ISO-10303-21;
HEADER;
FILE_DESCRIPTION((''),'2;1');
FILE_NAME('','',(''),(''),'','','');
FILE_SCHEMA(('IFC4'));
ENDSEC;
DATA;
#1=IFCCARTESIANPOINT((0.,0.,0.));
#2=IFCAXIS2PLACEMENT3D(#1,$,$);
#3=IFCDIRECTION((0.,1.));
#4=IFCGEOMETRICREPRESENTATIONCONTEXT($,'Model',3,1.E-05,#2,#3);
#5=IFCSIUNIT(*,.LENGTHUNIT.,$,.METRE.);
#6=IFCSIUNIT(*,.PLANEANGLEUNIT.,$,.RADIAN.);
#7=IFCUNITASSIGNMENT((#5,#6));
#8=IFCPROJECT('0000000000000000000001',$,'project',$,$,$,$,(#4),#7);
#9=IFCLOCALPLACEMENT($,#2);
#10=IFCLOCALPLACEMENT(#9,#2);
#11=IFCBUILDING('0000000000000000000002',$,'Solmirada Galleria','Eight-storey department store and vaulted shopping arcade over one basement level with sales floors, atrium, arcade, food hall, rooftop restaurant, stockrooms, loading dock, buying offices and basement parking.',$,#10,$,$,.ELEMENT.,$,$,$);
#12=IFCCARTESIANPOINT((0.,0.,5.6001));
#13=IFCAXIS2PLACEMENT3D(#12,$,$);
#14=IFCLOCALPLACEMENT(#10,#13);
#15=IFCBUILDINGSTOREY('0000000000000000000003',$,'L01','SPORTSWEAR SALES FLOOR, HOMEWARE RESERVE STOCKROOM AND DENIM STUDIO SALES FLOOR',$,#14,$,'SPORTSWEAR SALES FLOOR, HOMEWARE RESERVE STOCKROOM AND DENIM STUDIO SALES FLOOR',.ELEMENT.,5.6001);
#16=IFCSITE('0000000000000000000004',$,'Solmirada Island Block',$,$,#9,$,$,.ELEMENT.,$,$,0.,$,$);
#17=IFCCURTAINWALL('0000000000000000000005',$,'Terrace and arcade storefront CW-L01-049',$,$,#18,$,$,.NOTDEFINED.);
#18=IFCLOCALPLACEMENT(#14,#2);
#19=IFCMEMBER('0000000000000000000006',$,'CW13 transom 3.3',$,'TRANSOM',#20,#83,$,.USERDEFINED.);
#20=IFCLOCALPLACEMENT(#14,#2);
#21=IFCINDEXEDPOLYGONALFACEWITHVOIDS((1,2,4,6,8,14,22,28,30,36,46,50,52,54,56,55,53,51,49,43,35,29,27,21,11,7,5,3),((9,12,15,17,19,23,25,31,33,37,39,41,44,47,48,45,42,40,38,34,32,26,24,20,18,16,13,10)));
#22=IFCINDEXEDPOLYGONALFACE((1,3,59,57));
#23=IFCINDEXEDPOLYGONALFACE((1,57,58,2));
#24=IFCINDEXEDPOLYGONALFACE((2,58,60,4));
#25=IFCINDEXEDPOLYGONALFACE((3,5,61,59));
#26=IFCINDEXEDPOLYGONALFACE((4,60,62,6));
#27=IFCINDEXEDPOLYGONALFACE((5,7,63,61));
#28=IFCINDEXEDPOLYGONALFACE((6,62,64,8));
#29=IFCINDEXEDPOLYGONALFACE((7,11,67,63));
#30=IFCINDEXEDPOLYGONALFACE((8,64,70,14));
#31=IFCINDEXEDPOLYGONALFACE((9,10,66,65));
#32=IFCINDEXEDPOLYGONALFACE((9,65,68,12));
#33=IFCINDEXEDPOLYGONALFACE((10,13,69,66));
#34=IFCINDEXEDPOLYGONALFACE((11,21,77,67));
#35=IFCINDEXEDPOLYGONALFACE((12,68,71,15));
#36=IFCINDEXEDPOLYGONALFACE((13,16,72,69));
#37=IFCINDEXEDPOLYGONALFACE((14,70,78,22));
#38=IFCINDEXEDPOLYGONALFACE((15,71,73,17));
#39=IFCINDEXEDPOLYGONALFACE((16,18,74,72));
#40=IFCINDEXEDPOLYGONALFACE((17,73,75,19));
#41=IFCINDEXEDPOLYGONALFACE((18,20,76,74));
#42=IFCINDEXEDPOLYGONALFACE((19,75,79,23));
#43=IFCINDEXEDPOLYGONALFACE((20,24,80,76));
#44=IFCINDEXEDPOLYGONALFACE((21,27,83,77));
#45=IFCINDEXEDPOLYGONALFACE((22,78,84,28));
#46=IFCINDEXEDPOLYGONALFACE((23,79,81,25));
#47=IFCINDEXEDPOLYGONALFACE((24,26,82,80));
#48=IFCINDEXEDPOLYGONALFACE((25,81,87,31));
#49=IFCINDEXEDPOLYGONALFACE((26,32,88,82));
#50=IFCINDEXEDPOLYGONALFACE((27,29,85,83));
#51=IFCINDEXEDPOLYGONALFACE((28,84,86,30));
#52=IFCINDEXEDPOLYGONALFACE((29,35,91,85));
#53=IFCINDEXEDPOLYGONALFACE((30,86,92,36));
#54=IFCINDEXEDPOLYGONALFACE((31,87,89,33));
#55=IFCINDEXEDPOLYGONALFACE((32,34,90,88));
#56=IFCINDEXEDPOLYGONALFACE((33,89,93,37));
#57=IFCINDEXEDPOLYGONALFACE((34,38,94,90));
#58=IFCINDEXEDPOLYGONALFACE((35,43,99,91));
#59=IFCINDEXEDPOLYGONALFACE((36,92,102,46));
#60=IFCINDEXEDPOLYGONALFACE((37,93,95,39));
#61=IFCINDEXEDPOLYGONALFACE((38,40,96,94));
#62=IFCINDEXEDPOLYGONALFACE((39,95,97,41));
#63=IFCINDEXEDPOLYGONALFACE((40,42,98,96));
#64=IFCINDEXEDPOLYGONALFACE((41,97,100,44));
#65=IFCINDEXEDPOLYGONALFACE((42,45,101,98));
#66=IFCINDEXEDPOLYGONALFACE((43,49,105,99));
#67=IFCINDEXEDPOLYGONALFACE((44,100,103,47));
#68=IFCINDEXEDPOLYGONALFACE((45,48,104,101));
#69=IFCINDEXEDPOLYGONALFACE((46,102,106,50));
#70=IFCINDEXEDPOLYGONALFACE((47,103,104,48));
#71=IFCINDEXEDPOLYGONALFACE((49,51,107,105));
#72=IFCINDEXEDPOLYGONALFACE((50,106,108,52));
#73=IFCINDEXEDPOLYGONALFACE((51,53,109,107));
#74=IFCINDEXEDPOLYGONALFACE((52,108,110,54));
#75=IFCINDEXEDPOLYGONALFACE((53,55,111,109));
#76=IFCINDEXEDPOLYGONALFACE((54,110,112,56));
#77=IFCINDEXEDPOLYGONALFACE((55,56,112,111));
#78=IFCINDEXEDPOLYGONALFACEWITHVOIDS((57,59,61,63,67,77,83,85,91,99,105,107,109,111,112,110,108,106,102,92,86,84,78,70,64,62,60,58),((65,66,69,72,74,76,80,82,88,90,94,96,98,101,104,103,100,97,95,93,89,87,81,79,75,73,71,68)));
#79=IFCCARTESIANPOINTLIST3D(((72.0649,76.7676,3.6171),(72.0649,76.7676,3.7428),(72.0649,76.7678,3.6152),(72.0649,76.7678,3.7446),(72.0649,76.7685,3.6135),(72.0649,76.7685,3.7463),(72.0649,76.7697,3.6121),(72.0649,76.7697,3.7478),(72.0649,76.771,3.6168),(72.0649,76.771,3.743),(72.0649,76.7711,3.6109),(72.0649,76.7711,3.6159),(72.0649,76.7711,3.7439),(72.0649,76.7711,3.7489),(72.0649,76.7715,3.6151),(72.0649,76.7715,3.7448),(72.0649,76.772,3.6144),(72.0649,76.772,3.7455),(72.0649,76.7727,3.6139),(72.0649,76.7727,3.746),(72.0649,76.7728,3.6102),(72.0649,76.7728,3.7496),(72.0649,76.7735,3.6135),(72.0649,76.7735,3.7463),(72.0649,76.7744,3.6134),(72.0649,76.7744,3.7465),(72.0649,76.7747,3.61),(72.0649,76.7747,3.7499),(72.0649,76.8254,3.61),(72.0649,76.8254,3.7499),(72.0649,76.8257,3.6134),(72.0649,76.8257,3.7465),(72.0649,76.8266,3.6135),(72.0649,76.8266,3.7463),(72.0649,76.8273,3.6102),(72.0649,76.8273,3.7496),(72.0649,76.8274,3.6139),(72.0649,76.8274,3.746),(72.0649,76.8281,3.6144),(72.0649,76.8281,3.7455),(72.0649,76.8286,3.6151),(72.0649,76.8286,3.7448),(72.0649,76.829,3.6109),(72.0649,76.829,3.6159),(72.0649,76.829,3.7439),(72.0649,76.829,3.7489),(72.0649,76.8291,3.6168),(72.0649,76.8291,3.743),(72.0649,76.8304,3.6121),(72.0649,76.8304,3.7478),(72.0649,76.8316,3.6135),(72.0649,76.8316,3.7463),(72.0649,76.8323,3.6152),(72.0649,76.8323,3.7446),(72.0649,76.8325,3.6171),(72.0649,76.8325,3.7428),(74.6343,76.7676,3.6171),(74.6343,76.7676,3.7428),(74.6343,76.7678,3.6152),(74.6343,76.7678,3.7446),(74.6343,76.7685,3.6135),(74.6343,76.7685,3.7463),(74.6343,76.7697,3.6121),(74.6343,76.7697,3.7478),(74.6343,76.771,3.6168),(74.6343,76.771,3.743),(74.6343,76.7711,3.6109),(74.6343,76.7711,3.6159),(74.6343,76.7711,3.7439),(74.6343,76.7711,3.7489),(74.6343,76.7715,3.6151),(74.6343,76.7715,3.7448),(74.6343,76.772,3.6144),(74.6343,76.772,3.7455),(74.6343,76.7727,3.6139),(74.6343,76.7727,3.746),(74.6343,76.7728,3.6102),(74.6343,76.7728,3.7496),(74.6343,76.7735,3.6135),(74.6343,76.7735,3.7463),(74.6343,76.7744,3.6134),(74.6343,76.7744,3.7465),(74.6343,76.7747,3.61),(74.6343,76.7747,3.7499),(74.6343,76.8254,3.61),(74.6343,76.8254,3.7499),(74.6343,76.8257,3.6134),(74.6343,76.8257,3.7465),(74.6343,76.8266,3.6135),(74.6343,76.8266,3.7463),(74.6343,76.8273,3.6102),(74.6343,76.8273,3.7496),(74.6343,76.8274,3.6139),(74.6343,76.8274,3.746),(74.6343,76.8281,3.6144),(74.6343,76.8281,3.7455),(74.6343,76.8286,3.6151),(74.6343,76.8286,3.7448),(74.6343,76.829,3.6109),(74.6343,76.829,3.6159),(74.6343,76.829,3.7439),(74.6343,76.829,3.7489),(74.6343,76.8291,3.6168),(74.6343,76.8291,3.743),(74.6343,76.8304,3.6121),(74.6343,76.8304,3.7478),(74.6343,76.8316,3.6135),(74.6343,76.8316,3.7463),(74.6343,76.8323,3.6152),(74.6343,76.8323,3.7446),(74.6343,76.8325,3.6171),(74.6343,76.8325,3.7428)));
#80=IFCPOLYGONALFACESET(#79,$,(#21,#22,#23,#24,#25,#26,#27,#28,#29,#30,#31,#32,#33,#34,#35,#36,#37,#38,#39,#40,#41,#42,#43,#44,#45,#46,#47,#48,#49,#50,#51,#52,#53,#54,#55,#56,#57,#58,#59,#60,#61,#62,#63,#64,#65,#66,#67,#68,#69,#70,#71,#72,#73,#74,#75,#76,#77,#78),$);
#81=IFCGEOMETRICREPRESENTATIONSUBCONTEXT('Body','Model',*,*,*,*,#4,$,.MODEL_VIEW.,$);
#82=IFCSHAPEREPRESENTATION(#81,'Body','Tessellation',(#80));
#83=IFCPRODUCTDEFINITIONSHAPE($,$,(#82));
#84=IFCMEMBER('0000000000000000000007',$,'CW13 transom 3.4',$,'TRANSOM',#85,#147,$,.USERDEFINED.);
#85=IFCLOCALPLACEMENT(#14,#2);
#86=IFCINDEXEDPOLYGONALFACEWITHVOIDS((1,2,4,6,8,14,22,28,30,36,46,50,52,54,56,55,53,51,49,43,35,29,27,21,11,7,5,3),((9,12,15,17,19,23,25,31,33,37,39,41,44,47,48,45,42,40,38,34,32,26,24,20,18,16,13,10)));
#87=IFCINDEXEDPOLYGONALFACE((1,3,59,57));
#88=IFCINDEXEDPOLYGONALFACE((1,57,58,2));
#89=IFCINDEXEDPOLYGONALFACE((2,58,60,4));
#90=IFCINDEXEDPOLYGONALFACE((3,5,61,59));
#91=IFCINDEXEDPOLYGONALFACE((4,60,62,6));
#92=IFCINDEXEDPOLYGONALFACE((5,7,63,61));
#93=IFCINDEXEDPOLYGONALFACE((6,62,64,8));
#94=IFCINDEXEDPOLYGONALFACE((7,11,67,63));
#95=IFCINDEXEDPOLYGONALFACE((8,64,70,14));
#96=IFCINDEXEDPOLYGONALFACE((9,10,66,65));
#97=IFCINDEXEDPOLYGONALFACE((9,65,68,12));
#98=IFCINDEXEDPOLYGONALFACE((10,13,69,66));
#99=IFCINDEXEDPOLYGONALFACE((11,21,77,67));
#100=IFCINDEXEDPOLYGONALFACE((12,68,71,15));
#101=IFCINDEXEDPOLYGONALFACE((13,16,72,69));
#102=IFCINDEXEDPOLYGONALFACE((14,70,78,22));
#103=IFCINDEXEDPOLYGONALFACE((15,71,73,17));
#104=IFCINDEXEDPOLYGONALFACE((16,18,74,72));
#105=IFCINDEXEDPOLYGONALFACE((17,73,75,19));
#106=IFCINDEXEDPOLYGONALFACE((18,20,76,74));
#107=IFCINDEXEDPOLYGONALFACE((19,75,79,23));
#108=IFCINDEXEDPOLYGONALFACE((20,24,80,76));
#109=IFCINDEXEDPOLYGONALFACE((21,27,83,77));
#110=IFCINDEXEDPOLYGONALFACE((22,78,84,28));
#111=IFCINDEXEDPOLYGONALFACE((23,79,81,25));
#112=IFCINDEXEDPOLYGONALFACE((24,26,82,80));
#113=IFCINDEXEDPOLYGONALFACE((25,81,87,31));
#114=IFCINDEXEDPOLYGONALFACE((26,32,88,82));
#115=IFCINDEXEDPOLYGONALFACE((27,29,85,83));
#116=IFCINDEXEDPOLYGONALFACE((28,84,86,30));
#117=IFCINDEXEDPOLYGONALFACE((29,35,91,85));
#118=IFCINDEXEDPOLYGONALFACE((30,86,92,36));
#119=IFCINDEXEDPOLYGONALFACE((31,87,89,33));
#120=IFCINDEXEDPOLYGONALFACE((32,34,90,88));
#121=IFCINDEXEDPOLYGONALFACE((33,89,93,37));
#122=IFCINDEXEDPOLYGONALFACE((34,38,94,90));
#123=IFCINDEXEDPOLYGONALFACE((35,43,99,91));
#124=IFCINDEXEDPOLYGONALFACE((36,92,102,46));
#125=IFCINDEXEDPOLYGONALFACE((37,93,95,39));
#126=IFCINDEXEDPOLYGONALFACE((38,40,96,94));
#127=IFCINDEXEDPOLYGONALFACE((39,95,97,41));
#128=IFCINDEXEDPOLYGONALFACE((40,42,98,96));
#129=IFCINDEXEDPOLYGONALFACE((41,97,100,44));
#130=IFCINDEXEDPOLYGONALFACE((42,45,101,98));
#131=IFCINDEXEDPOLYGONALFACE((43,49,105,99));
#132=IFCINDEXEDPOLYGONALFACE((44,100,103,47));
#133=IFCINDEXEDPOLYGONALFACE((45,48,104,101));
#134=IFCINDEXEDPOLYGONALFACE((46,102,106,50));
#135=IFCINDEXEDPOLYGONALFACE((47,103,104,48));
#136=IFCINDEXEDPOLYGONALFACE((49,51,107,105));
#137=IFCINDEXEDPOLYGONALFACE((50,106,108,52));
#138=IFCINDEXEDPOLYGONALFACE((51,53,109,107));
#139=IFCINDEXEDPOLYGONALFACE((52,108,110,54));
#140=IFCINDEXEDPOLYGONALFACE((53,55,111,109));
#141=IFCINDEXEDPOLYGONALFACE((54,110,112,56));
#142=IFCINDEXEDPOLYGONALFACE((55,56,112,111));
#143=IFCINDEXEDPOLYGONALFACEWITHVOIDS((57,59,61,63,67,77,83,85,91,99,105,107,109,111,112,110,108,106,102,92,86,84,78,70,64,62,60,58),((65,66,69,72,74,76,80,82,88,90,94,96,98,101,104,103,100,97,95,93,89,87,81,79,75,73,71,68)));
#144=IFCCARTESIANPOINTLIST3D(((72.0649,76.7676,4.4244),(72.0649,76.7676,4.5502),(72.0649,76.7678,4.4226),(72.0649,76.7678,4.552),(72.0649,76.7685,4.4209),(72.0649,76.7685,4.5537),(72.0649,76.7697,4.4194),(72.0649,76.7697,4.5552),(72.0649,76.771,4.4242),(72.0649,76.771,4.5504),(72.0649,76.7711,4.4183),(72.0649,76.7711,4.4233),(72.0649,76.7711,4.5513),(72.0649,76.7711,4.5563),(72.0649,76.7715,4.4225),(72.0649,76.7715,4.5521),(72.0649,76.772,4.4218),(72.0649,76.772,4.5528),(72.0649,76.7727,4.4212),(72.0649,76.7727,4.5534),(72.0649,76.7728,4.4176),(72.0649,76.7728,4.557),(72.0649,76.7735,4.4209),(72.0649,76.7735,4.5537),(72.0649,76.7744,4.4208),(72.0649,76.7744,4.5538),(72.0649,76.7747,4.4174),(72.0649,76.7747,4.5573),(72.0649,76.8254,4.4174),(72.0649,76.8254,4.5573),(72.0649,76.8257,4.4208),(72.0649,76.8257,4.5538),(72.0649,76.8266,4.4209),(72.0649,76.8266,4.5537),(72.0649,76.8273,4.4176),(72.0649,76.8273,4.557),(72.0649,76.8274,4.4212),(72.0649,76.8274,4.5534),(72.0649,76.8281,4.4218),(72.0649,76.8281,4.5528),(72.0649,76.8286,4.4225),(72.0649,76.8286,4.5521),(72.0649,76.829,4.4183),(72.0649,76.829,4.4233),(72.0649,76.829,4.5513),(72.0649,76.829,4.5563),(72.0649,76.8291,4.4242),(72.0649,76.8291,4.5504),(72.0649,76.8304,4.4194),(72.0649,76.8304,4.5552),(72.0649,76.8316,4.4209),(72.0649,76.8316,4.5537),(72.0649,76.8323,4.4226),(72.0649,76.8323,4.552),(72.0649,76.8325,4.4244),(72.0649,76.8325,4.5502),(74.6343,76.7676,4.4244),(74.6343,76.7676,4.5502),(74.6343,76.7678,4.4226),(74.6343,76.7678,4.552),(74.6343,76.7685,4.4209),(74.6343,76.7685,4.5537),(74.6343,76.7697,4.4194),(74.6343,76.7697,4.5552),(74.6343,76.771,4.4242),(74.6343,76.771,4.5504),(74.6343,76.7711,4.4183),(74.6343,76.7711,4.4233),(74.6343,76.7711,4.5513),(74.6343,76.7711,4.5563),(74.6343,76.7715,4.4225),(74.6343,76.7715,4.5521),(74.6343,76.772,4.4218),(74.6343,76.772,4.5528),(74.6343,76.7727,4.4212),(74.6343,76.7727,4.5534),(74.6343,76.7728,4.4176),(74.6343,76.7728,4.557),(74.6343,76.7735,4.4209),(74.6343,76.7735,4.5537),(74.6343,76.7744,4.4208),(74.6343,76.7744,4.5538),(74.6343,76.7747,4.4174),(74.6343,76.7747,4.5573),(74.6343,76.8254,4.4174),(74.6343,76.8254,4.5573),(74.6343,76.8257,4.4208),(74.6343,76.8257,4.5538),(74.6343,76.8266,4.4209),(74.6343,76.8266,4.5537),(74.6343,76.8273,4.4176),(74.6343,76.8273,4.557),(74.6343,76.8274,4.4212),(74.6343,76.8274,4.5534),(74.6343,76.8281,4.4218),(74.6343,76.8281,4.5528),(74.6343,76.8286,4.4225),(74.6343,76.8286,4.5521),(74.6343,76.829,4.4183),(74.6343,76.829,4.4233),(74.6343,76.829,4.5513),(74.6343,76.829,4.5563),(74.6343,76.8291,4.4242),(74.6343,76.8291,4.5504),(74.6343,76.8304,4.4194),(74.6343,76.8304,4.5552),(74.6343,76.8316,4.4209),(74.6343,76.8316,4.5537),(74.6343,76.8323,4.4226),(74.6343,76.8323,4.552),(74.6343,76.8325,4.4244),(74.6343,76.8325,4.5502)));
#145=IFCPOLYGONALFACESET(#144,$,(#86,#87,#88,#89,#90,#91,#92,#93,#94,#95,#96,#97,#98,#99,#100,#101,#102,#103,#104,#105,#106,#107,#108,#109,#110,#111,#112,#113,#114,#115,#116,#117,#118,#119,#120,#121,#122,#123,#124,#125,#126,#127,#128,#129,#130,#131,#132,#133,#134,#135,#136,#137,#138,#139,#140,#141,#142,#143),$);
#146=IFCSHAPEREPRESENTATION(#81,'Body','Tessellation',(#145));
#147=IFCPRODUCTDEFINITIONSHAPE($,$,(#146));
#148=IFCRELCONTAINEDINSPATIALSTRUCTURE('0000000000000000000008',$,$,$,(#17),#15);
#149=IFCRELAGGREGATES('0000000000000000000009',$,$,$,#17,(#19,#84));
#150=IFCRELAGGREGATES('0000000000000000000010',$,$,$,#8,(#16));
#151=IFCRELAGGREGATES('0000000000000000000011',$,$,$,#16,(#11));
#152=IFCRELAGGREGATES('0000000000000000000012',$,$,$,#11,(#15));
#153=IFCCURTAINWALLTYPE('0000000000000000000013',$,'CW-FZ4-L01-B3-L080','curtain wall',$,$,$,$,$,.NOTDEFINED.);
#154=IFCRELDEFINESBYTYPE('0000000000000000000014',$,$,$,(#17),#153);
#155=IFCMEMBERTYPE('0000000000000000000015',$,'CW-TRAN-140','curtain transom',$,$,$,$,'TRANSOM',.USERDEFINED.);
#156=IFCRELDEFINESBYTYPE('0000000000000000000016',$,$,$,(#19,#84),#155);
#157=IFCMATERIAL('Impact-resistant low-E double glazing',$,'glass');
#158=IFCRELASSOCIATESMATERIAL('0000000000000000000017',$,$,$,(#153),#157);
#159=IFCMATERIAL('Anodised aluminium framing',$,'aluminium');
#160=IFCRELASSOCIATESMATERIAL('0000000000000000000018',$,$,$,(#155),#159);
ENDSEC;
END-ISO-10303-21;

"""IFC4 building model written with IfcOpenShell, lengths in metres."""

from ifc_helpers import new_model, si_unit, direction, frame, origin, origin_2d, place, context, subcontext, project, spatial, hollow_rectangle, extrude, material, material_profile, profile_set, type_object, element, aggregate, save


model = new_model("IFC4")

# Units and contexts
model_context = context("Model", 3, precision=1e-05, world=origin(), true_north=direction((0.0, 1.0)))
body_context = subcontext(model_context, "Body", "Model", "MODEL_VIEW")
ifc_project = project(units=[si_unit("LENGTHUNIT", "METRE"), si_unit("PLANEANGLEUNIT", "RADIAN")], contexts=[model_context])

# Site, building, storey
site_placement = place(None, origin())
site = spatial("IfcSite", under=ifc_project, at=site_placement, Name="Solmirada Island Block", CompositionType="ELEMENT", RefElevation=0.0)
building_placement = place(site_placement, origin())
building = spatial("IfcBuilding", under=site, at=building_placement, Name="Solmirada Galleria", Description="Eight-storey department store and vaulted shopping arcade over one basement level with sales floors, atrium, arcade, food hall, rooftop restaurant, stockrooms, loading dock, buying offices and basement parking.", CompositionType="ELEMENT")
storey_placement = place(building_placement, frame((0.0, 0.0, 5.6001)))
storey = spatial("IfcBuildingStorey", under=building, at=storey_placement, Name="L01", Description="SPORTSWEAR SALES FLOOR, HOMEWARE RESERVE STOCKROOM AND DENIM STUDIO SALES FLOOR", LongName="SPORTSWEAR SALES FLOOR, HOMEWARE RESERVE STOCKROOM AND DENIM STUDIO SALES FLOOR", CompositionType="ELEMENT", Elevation=5.6001)

# Curtain wall
ifc_material_1 = material(Name="Impact-resistant low-E double glazing", Category="glass")
curtain_wall_type = type_object("IfcCurtainWallType", Name="CW-FZ4-L01-B3-L080", Description="curtain wall", PredefinedType="NOTDEFINED", material=ifc_material_1)
curtain_wall_1_placement = place(storey_placement, origin())
curtain_wall_1 = element("IfcCurtainWall", 1, at=curtain_wall_1_placement, inside=storey, type_object=curtain_wall_type, Name="Terrace and arcade storefront CW-L01-049", PredefinedType="NOTDEFINED")
ifc_material_2 = material(Name="Anodised aluminium framing", Category="aluminium")

# Members
ifc_material_profile_1 = material_profile(ifc_material_2, hollow_rectangle(XDim=0.0649, YDim=0.1399, WallThickness=0.0034, InnerFilletRadius=0.0034, OuterFilletRadius=0.0071, at=origin_2d()), Name="ALU-TRAN-140X65")
ifc_profile_set_1 = profile_set([ifc_material_profile_1], Name="Anodised aluminium framing")
member_type_1 = type_object("IfcMemberType", Name="CW-TRAN-140", Description="curtain transom", ElementType="TRANSOM", PredefinedType="USERDEFINED", material=ifc_profile_set_1)
member_1_placement = place(storey_placement, frame((74.6343, 76.8, 3.6799), z_axis=(-1.0, 0.0, 0.0), x_axis=(0.0, -1.0, 0.0)))
member_1 = element("IfcMember", 2, at=member_1_placement, type_object=member_type_1, Name="CW13 transom 3.3", ObjectType="TRANSOM", PredefinedType="USERDEFINED", context=body_context, shape_type="SweptSolid", body=[
    extrude(hollow_rectangle(XDim=0.0649, YDim=0.1399, WallThickness=0.0034, InnerFilletRadius=0.0034, OuterFilletRadius=0.0071, at=origin_2d()), origin(), (0.0, 0.0, 1.0), 2.5693),
])
member_2_placement = place(storey_placement, frame((74.6343, 76.8, 4.4873), z_axis=(-1.0, 0.0, 0.0), x_axis=(0.0, -1.0, 0.0)))
member_2 = element("IfcMember", 3, at=member_2_placement, type_object=member_type_1, Name="CW13 transom 3.4", ObjectType="TRANSOM", PredefinedType="USERDEFINED", context=body_context, shape_type="SweptSolid", body=[
    extrude(hollow_rectangle(XDim=0.0649, YDim=0.1399, WallThickness=0.0034, InnerFilletRadius=0.0034, OuterFilletRadius=0.0071, at=origin_2d()), origin(), (0.0, 0.0, 1.0), 2.5693),
])

aggregate(curtain_wall_1, [member_1, member_2])

save(model, "model.ifc")
